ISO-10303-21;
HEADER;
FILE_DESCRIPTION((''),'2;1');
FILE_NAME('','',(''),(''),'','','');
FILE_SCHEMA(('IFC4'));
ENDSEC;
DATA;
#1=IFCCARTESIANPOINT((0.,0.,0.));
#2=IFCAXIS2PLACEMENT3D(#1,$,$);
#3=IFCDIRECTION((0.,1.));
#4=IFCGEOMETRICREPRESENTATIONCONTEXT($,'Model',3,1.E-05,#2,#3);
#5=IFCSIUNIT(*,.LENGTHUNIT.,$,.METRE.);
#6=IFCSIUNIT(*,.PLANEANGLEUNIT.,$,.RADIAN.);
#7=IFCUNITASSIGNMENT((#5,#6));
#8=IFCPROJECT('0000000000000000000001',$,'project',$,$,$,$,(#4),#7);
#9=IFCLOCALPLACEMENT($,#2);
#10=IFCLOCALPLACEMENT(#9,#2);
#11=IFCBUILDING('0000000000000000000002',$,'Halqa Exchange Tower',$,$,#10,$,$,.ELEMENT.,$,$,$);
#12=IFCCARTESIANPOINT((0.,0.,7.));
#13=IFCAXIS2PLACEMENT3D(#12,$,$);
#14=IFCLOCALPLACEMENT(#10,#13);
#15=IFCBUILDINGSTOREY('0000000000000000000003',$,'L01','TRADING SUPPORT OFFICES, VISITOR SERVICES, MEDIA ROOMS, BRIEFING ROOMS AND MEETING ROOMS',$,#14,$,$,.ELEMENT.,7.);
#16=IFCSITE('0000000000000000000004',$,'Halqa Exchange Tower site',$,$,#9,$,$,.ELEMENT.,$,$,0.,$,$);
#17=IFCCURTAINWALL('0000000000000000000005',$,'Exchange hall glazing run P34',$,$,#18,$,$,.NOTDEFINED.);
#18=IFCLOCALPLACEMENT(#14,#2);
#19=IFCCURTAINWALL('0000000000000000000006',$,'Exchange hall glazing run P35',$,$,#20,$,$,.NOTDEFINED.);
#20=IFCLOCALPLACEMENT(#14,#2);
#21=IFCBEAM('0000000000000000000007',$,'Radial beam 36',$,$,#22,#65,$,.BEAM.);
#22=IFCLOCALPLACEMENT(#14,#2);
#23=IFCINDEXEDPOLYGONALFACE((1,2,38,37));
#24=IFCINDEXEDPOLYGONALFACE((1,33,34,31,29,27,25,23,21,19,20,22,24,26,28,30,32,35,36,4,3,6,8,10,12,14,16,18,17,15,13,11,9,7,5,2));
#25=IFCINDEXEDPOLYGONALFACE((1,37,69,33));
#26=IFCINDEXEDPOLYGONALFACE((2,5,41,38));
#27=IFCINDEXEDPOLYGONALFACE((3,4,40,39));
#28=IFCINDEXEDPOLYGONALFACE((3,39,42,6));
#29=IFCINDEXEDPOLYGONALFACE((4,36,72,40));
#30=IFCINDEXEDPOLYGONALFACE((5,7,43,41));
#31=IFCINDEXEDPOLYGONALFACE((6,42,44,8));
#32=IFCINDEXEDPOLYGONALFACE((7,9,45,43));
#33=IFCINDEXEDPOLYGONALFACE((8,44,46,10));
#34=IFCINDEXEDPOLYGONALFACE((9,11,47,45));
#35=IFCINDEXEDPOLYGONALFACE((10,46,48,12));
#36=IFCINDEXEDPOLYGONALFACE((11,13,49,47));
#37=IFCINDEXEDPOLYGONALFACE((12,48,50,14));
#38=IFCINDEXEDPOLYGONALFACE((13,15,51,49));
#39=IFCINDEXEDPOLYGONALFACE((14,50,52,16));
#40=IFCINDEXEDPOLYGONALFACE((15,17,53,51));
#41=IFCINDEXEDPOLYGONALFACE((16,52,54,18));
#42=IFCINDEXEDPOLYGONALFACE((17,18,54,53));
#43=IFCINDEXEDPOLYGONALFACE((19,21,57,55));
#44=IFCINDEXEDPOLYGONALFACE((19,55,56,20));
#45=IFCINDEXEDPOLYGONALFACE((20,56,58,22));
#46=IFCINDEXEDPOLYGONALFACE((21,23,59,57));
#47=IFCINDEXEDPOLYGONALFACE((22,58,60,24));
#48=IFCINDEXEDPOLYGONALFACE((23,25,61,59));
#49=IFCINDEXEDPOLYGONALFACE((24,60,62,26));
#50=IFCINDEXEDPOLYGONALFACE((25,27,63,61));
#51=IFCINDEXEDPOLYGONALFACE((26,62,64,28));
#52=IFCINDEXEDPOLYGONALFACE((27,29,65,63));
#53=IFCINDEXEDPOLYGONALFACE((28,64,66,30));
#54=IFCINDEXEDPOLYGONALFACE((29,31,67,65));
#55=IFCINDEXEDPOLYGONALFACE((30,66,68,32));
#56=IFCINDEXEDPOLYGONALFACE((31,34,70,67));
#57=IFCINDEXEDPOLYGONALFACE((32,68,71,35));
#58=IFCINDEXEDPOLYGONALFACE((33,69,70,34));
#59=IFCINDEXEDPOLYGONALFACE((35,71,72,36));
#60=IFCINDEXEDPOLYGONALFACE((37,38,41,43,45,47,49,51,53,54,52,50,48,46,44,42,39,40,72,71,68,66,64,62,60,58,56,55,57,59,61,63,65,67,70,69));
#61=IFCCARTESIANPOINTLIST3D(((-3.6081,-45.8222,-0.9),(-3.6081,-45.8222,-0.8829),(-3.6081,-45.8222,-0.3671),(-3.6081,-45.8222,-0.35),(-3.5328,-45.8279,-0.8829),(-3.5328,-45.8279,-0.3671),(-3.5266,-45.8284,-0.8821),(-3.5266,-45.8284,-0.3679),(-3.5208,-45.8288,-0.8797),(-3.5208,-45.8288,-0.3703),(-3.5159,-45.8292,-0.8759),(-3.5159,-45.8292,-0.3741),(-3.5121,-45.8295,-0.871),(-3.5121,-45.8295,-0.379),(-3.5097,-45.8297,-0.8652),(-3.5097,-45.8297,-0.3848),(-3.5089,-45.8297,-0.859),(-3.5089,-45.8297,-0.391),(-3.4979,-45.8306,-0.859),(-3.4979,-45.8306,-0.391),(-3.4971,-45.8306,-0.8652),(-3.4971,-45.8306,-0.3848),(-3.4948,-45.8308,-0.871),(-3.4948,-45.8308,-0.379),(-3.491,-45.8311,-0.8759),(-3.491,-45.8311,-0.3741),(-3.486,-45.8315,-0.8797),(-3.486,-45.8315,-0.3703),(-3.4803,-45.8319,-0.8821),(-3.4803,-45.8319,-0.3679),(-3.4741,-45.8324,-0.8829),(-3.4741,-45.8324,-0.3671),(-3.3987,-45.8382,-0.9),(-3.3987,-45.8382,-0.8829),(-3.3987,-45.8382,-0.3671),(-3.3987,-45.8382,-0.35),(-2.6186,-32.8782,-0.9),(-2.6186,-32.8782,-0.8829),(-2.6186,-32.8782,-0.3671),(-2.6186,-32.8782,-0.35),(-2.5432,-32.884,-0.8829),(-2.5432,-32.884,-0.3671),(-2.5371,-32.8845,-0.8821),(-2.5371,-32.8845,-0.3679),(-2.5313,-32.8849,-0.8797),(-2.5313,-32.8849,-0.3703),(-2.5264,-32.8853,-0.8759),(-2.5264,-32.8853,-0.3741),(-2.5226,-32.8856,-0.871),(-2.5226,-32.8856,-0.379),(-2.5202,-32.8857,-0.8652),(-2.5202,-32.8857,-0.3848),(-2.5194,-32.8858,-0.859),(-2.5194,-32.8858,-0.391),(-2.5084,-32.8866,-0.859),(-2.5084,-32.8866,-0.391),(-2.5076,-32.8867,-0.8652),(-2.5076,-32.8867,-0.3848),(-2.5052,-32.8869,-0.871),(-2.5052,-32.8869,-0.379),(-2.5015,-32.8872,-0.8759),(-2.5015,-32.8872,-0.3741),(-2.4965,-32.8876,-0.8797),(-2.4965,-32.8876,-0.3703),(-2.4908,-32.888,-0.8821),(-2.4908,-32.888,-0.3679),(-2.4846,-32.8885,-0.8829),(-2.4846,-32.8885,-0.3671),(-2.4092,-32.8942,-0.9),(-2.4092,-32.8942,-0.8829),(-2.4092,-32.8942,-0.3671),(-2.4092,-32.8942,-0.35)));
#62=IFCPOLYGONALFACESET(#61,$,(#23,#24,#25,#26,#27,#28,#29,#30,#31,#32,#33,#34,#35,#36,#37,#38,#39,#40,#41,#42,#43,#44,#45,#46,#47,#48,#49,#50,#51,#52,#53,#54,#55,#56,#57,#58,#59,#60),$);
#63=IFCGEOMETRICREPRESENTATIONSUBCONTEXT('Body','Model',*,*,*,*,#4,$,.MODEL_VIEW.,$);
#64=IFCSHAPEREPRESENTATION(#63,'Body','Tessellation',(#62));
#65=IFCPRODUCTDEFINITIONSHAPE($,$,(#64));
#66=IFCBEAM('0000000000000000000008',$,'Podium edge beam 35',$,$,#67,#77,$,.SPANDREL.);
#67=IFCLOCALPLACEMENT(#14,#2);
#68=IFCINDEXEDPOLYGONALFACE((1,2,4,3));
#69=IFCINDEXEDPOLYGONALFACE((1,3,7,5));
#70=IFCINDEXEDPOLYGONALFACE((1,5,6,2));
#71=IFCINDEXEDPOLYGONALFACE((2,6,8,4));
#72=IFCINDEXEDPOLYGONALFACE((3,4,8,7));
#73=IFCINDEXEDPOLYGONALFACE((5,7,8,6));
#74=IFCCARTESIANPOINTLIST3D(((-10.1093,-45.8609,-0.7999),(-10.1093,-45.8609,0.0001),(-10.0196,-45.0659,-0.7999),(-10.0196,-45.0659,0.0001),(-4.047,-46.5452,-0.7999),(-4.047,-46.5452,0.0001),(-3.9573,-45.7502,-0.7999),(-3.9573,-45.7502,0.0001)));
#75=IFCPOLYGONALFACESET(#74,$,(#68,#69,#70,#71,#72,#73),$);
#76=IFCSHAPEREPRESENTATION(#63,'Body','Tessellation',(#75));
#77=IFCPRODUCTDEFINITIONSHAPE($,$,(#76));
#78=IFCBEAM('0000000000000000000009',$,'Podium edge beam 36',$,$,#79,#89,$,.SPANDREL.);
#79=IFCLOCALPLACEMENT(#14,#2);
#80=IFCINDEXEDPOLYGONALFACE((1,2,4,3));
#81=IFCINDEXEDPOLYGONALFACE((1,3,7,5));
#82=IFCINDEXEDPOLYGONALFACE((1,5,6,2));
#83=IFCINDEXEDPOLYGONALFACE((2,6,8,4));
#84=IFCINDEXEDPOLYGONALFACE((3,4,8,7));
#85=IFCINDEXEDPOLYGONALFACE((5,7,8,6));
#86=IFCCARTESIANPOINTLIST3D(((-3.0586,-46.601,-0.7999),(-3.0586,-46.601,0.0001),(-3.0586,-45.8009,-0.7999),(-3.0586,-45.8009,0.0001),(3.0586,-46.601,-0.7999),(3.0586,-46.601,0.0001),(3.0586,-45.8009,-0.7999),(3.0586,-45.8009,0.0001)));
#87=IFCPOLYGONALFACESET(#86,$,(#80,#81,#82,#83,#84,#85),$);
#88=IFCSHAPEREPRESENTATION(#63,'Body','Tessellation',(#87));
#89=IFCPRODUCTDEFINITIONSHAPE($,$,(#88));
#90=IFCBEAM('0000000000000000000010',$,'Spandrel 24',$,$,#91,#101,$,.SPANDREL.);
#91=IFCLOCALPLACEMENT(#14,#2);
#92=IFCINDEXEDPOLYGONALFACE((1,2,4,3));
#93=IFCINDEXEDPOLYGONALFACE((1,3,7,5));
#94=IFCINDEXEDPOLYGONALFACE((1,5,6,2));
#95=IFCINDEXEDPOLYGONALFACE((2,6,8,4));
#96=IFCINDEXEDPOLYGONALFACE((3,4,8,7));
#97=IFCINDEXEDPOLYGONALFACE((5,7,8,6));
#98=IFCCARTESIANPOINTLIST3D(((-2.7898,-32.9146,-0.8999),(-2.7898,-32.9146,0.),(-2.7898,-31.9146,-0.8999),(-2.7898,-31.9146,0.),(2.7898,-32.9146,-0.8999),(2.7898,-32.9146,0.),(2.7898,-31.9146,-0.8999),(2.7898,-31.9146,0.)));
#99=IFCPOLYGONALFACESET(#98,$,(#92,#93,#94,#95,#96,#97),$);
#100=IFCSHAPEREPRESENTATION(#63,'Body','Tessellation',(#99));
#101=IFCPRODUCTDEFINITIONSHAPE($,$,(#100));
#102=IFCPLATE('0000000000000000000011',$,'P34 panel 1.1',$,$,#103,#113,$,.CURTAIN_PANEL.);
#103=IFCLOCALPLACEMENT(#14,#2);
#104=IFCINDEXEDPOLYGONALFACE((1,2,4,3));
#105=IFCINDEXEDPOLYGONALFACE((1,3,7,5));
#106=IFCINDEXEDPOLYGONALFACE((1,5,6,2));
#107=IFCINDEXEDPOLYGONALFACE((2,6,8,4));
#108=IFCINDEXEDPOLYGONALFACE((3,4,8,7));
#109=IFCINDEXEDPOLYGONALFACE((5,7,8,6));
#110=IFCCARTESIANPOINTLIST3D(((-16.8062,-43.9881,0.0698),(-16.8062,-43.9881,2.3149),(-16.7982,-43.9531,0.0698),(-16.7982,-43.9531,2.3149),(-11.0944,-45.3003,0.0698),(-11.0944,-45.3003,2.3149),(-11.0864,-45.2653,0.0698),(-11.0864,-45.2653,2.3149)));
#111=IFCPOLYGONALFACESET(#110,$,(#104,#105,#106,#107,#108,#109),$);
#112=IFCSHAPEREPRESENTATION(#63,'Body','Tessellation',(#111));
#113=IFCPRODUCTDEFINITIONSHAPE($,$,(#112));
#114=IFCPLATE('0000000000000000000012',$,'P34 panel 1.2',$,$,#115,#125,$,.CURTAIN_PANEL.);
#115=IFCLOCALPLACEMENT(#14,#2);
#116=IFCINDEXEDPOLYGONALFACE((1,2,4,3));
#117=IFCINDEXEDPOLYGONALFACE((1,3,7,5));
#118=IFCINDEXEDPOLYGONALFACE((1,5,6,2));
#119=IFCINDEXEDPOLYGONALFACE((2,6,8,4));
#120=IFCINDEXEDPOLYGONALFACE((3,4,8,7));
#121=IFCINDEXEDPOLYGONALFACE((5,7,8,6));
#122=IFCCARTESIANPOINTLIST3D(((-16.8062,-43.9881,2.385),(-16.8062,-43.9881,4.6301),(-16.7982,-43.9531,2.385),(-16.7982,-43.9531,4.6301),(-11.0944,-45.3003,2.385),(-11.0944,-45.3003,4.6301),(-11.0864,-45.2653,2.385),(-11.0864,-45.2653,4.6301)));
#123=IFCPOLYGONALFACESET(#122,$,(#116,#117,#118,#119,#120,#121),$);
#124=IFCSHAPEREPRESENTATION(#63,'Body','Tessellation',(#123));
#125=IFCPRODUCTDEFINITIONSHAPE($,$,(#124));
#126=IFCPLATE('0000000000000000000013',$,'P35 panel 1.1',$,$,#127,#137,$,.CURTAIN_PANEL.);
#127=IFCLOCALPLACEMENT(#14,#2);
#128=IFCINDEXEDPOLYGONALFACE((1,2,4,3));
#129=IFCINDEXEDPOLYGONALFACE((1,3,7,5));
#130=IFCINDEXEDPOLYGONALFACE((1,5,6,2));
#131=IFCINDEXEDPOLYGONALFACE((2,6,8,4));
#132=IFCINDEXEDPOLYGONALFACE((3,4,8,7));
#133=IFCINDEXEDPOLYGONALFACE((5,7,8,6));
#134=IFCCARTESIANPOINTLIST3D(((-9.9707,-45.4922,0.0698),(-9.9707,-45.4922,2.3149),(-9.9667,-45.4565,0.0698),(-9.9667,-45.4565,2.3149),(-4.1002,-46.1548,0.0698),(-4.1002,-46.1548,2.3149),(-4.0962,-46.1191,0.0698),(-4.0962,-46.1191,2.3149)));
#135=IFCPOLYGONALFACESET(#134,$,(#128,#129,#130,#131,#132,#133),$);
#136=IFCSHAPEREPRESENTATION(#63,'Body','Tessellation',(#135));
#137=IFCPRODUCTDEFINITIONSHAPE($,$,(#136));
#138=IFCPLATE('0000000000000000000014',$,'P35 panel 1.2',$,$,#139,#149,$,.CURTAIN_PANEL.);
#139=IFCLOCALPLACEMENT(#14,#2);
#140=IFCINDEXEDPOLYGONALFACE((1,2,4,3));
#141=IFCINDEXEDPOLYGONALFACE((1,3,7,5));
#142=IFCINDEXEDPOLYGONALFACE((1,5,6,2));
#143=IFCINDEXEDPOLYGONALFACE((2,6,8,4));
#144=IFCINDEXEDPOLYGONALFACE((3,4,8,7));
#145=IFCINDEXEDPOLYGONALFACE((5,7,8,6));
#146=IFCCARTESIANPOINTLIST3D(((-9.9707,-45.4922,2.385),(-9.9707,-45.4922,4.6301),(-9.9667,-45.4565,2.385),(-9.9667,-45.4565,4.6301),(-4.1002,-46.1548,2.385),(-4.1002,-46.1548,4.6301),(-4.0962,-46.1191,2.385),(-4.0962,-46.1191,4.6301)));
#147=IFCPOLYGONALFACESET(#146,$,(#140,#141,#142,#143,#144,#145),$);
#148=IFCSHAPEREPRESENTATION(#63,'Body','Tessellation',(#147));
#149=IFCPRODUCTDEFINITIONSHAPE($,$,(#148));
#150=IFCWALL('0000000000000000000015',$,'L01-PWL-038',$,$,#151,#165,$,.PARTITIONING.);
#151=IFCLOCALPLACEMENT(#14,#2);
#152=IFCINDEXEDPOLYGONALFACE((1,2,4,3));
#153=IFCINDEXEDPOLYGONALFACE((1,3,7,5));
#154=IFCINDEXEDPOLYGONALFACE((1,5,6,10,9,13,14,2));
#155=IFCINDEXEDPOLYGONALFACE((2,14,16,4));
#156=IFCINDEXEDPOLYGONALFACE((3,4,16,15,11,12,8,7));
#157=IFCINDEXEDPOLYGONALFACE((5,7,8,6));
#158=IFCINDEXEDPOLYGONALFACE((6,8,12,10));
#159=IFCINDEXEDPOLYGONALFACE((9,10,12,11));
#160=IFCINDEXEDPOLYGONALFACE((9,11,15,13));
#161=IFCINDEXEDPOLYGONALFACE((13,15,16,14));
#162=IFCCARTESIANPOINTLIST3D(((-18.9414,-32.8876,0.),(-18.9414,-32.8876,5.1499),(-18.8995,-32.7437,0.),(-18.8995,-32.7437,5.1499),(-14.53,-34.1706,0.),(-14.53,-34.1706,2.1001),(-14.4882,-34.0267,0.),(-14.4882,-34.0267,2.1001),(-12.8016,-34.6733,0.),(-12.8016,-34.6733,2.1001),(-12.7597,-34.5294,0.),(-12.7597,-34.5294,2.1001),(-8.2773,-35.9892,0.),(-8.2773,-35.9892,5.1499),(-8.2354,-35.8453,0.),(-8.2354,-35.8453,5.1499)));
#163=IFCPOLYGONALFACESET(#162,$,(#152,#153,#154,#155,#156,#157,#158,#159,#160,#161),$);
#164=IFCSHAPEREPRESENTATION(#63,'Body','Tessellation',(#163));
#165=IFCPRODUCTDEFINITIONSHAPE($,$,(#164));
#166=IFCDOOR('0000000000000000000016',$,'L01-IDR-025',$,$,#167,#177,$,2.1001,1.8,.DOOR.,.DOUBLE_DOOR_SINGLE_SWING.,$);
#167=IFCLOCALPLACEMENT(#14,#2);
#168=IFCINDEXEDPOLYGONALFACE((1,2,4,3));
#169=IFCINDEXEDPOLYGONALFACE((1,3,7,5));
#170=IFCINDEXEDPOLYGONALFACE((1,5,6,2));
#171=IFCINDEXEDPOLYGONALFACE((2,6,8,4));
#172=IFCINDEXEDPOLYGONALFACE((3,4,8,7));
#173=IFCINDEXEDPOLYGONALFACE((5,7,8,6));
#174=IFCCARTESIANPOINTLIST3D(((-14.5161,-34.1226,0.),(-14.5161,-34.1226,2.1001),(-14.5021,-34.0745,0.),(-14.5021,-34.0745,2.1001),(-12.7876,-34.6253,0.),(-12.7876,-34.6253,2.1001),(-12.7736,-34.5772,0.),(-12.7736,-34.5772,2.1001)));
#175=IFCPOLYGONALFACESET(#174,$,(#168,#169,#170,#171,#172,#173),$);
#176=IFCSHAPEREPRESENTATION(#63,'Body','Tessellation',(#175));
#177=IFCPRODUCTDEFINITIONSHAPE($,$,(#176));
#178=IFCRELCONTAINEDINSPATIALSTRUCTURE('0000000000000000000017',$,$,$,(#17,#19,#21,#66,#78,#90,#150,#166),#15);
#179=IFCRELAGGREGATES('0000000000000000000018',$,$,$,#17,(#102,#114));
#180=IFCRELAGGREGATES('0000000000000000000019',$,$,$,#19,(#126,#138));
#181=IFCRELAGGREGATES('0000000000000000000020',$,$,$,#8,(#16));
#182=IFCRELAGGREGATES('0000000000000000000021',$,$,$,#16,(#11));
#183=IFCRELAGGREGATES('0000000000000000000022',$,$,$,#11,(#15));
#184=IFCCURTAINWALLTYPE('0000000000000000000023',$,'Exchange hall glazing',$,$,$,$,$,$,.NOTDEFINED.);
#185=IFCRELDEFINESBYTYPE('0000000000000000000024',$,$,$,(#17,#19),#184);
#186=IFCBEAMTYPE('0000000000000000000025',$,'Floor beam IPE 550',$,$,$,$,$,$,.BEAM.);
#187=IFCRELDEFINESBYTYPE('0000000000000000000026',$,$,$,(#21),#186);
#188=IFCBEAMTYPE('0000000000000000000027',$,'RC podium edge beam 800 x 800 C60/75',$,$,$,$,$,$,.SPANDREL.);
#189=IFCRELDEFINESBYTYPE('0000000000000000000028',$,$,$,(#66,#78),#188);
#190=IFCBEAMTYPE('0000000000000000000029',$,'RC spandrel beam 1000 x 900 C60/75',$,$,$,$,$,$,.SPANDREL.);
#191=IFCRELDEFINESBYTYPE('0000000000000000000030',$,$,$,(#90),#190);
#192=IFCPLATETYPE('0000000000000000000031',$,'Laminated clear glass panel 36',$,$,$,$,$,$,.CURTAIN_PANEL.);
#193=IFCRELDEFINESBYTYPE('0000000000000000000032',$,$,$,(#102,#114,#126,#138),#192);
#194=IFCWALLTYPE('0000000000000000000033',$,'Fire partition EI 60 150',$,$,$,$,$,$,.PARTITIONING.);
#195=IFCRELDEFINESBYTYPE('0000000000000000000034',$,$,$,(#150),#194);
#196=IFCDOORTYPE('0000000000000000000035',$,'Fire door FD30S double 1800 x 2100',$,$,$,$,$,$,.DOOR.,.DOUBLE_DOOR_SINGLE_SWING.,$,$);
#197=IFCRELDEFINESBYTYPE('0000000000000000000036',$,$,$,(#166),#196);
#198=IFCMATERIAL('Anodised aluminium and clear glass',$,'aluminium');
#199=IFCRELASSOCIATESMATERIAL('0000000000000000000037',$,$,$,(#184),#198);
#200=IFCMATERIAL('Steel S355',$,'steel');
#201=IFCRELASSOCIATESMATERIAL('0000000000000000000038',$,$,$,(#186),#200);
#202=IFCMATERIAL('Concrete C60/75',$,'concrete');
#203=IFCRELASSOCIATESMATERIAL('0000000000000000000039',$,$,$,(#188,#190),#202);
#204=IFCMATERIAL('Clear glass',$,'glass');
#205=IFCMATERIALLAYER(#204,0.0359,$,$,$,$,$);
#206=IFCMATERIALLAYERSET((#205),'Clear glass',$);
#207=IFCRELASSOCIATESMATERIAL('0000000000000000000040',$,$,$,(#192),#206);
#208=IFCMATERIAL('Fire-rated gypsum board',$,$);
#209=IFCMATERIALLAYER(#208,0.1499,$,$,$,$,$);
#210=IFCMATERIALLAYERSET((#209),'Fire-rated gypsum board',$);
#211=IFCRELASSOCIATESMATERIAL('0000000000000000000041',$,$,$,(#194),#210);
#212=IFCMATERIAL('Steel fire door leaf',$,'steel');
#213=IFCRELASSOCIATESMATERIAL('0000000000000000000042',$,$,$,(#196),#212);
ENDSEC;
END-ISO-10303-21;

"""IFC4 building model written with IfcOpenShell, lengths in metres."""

from ifc_helpers import new_model, si_unit, direction, frame, frame_2d, origin, origin_2d, place, context, subcontext, project, spatial, rectangle, i_section, extrude, material, layer, layer_set, material_profile, profile_set, type_object, element, fill, aggregate, save


model = new_model("IFC4")

# Units and contexts
model_context = context("Model", 3, precision=1e-05, world=origin(), true_north=direction((0.0, 1.0)))
body_context = subcontext(model_context, "Body", "Model", "MODEL_VIEW")
ifc_project = project(units=[si_unit("LENGTHUNIT", "METRE"), si_unit("PLANEANGLEUNIT", "RADIAN")], contexts=[model_context])

# Site, building, storey
site_placement = place(None, origin())
site = spatial("IfcSite", under=ifc_project, at=site_placement, Name="Halqa Exchange Tower site", CompositionType="ELEMENT", RefElevation=0.0)
building_placement = place(site_placement, origin())
building = spatial("IfcBuilding", under=site, at=building_placement, Name="Halqa Exchange Tower", CompositionType="ELEMENT")
storey_placement = place(building_placement, frame((0.0, 0.0, 7.0)))
storey = spatial("IfcBuildingStorey", under=building, at=storey_placement, Name="L01", Description="TRADING SUPPORT OFFICES, VISITOR SERVICES, MEDIA ROOMS, BRIEFING ROOMS AND MEETING ROOMS", CompositionType="ELEMENT", Elevation=7.0)

# Shared definitions
ifc_material_1 = material(Name="Concrete C60/75", Category="concrete")

# Curtain wall
ifc_material_2 = material(Name="Anodised aluminium and clear glass", Category="aluminium")
curtain_wall_type = type_object("IfcCurtainWallType", Name="Exchange hall glazing", PredefinedType="NOTDEFINED", material=ifc_material_2)
curtain_wall_1_placement = place(storey_placement, origin())
curtain_wall_1 = element("IfcCurtainWall", 1, at=curtain_wall_1_placement, inside=storey, type_object=curtain_wall_type, Name="Exchange hall glazing run P34", PredefinedType="NOTDEFINED")

# Curtain wall
curtain_wall_2_placement = place(storey_placement, origin())
curtain_wall_2 = element("IfcCurtainWall", 2, at=curtain_wall_2_placement, inside=storey, type_object=curtain_wall_type, Name="Exchange hall glazing run P35", PredefinedType="NOTDEFINED")

# Beams
ifc_material_3 = material(Name="Steel S355", Category="steel")
ifc_material_profile_1 = material_profile(ifc_material_3, i_section(OverallWidth=0.21, OverallDepth=0.55, WebThickness=0.011, FlangeThickness=0.0171, FilletRadius=0.0239, at=origin_2d()), Name="IPE 550")
ifc_profile_set_1 = profile_set([ifc_material_profile_1], Name="Steel S355")
beam_type_1 = type_object("IfcBeamType", Name="Floor beam IPE 550", PredefinedType="BEAM", material=ifc_profile_set_1)
beam_1_placement = place(storey_placement, frame((-2.5139, -32.8862, -0.625), z_axis=(-0.076223, -0.997091, 0.0), x_axis=(0.997091, -0.076223, 0.0)))
element("IfcBeam", 3, at=beam_1_placement, inside=storey, type_object=beam_type_1, Name="Radial beam 36", PredefinedType="BEAM", context=body_context, shape_type="SweptSolid", body=[
    extrude(i_section(OverallWidth=0.21, OverallDepth=0.55, WebThickness=0.011, FlangeThickness=0.0171, FilletRadius=0.0239, at=origin_2d()), origin(), (0.0, 0.0, 1.0), 12.9817),
])
ifc_material_profile_2 = material_profile(ifc_material_1, rectangle(XDim=0.8, YDim=0.8, at=origin_2d()), Name="800 x 800")
ifc_profile_set_2 = profile_set([ifc_material_profile_2], Name="Concrete C60/75")
beam_type_2 = type_object("IfcBeamType", Name="RC podium edge beam 800 x 800 C60/75", PredefinedType="SPANDREL", material=ifc_profile_set_2)
beam_2_placement = place(storey_placement, frame((-10.0645, -45.4634, -0.3999), z_axis=(0.993689, -0.112171, 0.0), x_axis=(0.112171, 0.993689, 0.0)))
element("IfcBeam", 4, at=beam_2_placement, inside=storey, type_object=beam_type_2, Name="Podium edge beam 35", PredefinedType="SPANDREL", context=body_context, shape_type="SweptSolid", body=[
    extrude(rectangle(XDim=0.8, YDim=0.8, at=origin_2d()), origin(), (0.0, 0.0, 1.0), 6.1008),
])
beam_3_placement = place(storey_placement, frame((-3.0586, -46.2009, -0.3999), z_axis=(1.0, 0.0, 0.0), x_axis=(0.0, 1.0, 0.0)))
element("IfcBeam", 5, at=beam_3_placement, inside=storey, type_object=beam_type_2, Name="Podium edge beam 36", PredefinedType="SPANDREL", context=body_context, shape_type="SweptSolid", body=[
    extrude(rectangle(XDim=0.8, YDim=0.8, at=origin_2d()), origin(), (0.0, 0.0, 1.0), 6.1172),
])
ifc_material_profile_3 = material_profile(ifc_material_1, rectangle(XDim=1.0, YDim=0.8999, at=origin_2d()), Name="1000 x 900")
ifc_profile_set_3 = profile_set([ifc_material_profile_3], Name="Concrete C60/75")
beam_type_3 = type_object("IfcBeamType", Name="RC spandrel beam 1000 x 900 C60/75", PredefinedType="SPANDREL", material=ifc_profile_set_3)
beam_4_placement = place(storey_placement, frame((-2.7898, -32.4146, -0.45), z_axis=(1.0, 0.0, 0.0), x_axis=(0.0, 1.0, 0.0)))
element("IfcBeam", 6, at=beam_4_placement, inside=storey, type_object=beam_type_3, Name="Spandrel 24", PredefinedType="SPANDREL", context=body_context, shape_type="SweptSolid", body=[
    extrude(rectangle(XDim=1.0, YDim=0.8999, at=origin_2d()), origin(), (0.0, 0.0, 1.0), 5.5796),
])

# Plates
ifc_material_4 = material(Name="Clear glass", Category="glass")
ifc_layer_1 = layer(ifc_material_4, 0.0359)
ifc_layer_set_1 = layer_set([ifc_layer_1], Name="Clear glass")
plate_type = type_object("IfcPlateType", Name="Laminated clear glass panel 36", PredefinedType="CURTAIN_PANEL", material=ifc_layer_set_1)
plate_1_placement = place(storey_placement, frame((-13.9463, -44.6267, 0.0698), z_axis=(0.0, 0.0, 1.0), x_axis=(0.974613, -0.223897, 0.0)))
plate_1 = element("IfcPlate", 7, at=plate_1_placement, type_object=plate_type, Name="P34 panel 1.1", PredefinedType="CURTAIN_PANEL", context=body_context, shape_type="SweptSolid", body=[
    extrude(rectangle(XDim=5.8606, YDim=0.0359, at=origin_2d()), origin(), (0.0, 0.0, 1.0), 2.2451),
])
plate_2_placement = place(storey_placement, frame((-13.9463, -44.6267, 2.385), z_axis=(0.0, 0.0, 1.0), x_axis=(0.974613, -0.223897, 0.0)))
plate_2 = element("IfcPlate", 8, at=plate_2_placement, type_object=plate_type, Name="P34 panel 1.2", PredefinedType="CURTAIN_PANEL", context=body_context, shape_type="SweptSolid", body=[
    extrude(rectangle(XDim=5.8606, YDim=0.0359, at=origin_2d()), origin(), (0.0, 0.0, 1.0), 2.2451),
])
aggregate(curtain_wall_1, [plate_1, plate_2])
plate_3_placement = place(storey_placement, frame((-7.0334, -45.8057, 0.0698), z_axis=(0.0, 0.0, 1.0), x_axis=(0.99369, -0.112159, 0.0)))
plate_3 = element("IfcPlate", 9, at=plate_3_placement, type_object=plate_type, Name="P35 panel 1.1", PredefinedType="CURTAIN_PANEL", context=body_context, shape_type="SweptSolid", body=[
    extrude(rectangle(XDim=5.9077, YDim=0.0359, at=origin_2d()), origin(), (0.0, 0.0, 1.0), 2.2451),
])
plate_4_placement = place(storey_placement, frame((-7.0334, -45.8057, 2.385), z_axis=(0.0, 0.0, 1.0), x_axis=(0.99369, -0.112159, 0.0)))
plate_4 = element("IfcPlate", 10, at=plate_4_placement, type_object=plate_type, Name="P35 panel 1.2", PredefinedType="CURTAIN_PANEL", context=body_context, shape_type="SweptSolid", body=[
    extrude(rectangle(XDim=5.9077, YDim=0.0359, at=origin_2d()), origin(), (0.0, 0.0, 1.0), 2.2451),
])
aggregate(curtain_wall_2, [plate_3, plate_4])

# Wall, opening, door
ifc_material_5 = material(Name="Fire-rated gypsum board")
ifc_layer_2 = layer(ifc_material_5, 0.1499)
ifc_layer_set_2 = layer_set([ifc_layer_2], Name="Fire-rated gypsum board")
wall_type_1 = type_object("IfcWallType", Name="Fire partition EI 60 150", PredefinedType="PARTITIONING", material=ifc_layer_set_2)
wall_1_placement = place(storey_placement, frame((-8.2563, -35.9172, 0.0), z_axis=(0.0, 0.0, 1.0), x_axis=(-0.960212, 0.279271, 0.0)))
wall_1 = element("IfcWall", 11, at=wall_1_placement, inside=storey, type_object=wall_type_1, Name="L01-PWL-038", PredefinedType="PARTITIONING", context=body_context, shape_type="SweptSolid", body=[
    extrude(rectangle(XDim=11.106, YDim=0.1499, at=frame_2d((5.553, 0.0))), origin(), (0.0, 0.0, 1.0), 5.1499),
])
opening_placement = place(wall_1_placement, frame((4.7119, 0.0, 0.0)))
opening = element("IfcOpeningElement", 12, at=opening_placement, cuts=wall_1, PredefinedType="OPENING", context=body_context, shape_type="SweptSolid", body=[
    extrude(rectangle(XDim=1.8, YDim=2.1001, at=frame_2d((0.8999, 1.05))), frame((0.0, 0.0869, 0.0), z_axis=(0.0, -1.0, 0.0), x_axis=(1.0, 0.0, 0.0)), (0.0, 0.0, 1.0), 0.1738),
])
ifc_material_6 = material(Name="Steel fire door leaf", Category="steel")
door_type = type_object("IfcDoorType", Name="Fire door FD30S double 1800 x 2100", OperationType="DOUBLE_DOOR_SINGLE_SWING", PredefinedType="DOOR", material=ifc_material_6)
door_placement = place(opening_placement, origin())
door = element("IfcDoor", 13, at=door_placement, inside=storey, type_object=door_type, Name="L01-IDR-025", OperationType="DOUBLE_DOOR_SINGLE_SWING", OverallHeight=2.1001, OverallWidth=1.8, PredefinedType="DOOR", context=body_context, shape_type="SweptSolid", body=[
    extrude(rectangle(XDim=1.8, YDim=2.1001, at=frame_2d((0.8999, 1.05))), frame((0.0, 0.0249, 0.0), z_axis=(0.0, -1.0, 0.0), x_axis=(1.0, 0.0, 0.0)), (0.0, 0.0, 1.0), 0.05),
])
fill(opening, door)

save(model, "model.ifc")
